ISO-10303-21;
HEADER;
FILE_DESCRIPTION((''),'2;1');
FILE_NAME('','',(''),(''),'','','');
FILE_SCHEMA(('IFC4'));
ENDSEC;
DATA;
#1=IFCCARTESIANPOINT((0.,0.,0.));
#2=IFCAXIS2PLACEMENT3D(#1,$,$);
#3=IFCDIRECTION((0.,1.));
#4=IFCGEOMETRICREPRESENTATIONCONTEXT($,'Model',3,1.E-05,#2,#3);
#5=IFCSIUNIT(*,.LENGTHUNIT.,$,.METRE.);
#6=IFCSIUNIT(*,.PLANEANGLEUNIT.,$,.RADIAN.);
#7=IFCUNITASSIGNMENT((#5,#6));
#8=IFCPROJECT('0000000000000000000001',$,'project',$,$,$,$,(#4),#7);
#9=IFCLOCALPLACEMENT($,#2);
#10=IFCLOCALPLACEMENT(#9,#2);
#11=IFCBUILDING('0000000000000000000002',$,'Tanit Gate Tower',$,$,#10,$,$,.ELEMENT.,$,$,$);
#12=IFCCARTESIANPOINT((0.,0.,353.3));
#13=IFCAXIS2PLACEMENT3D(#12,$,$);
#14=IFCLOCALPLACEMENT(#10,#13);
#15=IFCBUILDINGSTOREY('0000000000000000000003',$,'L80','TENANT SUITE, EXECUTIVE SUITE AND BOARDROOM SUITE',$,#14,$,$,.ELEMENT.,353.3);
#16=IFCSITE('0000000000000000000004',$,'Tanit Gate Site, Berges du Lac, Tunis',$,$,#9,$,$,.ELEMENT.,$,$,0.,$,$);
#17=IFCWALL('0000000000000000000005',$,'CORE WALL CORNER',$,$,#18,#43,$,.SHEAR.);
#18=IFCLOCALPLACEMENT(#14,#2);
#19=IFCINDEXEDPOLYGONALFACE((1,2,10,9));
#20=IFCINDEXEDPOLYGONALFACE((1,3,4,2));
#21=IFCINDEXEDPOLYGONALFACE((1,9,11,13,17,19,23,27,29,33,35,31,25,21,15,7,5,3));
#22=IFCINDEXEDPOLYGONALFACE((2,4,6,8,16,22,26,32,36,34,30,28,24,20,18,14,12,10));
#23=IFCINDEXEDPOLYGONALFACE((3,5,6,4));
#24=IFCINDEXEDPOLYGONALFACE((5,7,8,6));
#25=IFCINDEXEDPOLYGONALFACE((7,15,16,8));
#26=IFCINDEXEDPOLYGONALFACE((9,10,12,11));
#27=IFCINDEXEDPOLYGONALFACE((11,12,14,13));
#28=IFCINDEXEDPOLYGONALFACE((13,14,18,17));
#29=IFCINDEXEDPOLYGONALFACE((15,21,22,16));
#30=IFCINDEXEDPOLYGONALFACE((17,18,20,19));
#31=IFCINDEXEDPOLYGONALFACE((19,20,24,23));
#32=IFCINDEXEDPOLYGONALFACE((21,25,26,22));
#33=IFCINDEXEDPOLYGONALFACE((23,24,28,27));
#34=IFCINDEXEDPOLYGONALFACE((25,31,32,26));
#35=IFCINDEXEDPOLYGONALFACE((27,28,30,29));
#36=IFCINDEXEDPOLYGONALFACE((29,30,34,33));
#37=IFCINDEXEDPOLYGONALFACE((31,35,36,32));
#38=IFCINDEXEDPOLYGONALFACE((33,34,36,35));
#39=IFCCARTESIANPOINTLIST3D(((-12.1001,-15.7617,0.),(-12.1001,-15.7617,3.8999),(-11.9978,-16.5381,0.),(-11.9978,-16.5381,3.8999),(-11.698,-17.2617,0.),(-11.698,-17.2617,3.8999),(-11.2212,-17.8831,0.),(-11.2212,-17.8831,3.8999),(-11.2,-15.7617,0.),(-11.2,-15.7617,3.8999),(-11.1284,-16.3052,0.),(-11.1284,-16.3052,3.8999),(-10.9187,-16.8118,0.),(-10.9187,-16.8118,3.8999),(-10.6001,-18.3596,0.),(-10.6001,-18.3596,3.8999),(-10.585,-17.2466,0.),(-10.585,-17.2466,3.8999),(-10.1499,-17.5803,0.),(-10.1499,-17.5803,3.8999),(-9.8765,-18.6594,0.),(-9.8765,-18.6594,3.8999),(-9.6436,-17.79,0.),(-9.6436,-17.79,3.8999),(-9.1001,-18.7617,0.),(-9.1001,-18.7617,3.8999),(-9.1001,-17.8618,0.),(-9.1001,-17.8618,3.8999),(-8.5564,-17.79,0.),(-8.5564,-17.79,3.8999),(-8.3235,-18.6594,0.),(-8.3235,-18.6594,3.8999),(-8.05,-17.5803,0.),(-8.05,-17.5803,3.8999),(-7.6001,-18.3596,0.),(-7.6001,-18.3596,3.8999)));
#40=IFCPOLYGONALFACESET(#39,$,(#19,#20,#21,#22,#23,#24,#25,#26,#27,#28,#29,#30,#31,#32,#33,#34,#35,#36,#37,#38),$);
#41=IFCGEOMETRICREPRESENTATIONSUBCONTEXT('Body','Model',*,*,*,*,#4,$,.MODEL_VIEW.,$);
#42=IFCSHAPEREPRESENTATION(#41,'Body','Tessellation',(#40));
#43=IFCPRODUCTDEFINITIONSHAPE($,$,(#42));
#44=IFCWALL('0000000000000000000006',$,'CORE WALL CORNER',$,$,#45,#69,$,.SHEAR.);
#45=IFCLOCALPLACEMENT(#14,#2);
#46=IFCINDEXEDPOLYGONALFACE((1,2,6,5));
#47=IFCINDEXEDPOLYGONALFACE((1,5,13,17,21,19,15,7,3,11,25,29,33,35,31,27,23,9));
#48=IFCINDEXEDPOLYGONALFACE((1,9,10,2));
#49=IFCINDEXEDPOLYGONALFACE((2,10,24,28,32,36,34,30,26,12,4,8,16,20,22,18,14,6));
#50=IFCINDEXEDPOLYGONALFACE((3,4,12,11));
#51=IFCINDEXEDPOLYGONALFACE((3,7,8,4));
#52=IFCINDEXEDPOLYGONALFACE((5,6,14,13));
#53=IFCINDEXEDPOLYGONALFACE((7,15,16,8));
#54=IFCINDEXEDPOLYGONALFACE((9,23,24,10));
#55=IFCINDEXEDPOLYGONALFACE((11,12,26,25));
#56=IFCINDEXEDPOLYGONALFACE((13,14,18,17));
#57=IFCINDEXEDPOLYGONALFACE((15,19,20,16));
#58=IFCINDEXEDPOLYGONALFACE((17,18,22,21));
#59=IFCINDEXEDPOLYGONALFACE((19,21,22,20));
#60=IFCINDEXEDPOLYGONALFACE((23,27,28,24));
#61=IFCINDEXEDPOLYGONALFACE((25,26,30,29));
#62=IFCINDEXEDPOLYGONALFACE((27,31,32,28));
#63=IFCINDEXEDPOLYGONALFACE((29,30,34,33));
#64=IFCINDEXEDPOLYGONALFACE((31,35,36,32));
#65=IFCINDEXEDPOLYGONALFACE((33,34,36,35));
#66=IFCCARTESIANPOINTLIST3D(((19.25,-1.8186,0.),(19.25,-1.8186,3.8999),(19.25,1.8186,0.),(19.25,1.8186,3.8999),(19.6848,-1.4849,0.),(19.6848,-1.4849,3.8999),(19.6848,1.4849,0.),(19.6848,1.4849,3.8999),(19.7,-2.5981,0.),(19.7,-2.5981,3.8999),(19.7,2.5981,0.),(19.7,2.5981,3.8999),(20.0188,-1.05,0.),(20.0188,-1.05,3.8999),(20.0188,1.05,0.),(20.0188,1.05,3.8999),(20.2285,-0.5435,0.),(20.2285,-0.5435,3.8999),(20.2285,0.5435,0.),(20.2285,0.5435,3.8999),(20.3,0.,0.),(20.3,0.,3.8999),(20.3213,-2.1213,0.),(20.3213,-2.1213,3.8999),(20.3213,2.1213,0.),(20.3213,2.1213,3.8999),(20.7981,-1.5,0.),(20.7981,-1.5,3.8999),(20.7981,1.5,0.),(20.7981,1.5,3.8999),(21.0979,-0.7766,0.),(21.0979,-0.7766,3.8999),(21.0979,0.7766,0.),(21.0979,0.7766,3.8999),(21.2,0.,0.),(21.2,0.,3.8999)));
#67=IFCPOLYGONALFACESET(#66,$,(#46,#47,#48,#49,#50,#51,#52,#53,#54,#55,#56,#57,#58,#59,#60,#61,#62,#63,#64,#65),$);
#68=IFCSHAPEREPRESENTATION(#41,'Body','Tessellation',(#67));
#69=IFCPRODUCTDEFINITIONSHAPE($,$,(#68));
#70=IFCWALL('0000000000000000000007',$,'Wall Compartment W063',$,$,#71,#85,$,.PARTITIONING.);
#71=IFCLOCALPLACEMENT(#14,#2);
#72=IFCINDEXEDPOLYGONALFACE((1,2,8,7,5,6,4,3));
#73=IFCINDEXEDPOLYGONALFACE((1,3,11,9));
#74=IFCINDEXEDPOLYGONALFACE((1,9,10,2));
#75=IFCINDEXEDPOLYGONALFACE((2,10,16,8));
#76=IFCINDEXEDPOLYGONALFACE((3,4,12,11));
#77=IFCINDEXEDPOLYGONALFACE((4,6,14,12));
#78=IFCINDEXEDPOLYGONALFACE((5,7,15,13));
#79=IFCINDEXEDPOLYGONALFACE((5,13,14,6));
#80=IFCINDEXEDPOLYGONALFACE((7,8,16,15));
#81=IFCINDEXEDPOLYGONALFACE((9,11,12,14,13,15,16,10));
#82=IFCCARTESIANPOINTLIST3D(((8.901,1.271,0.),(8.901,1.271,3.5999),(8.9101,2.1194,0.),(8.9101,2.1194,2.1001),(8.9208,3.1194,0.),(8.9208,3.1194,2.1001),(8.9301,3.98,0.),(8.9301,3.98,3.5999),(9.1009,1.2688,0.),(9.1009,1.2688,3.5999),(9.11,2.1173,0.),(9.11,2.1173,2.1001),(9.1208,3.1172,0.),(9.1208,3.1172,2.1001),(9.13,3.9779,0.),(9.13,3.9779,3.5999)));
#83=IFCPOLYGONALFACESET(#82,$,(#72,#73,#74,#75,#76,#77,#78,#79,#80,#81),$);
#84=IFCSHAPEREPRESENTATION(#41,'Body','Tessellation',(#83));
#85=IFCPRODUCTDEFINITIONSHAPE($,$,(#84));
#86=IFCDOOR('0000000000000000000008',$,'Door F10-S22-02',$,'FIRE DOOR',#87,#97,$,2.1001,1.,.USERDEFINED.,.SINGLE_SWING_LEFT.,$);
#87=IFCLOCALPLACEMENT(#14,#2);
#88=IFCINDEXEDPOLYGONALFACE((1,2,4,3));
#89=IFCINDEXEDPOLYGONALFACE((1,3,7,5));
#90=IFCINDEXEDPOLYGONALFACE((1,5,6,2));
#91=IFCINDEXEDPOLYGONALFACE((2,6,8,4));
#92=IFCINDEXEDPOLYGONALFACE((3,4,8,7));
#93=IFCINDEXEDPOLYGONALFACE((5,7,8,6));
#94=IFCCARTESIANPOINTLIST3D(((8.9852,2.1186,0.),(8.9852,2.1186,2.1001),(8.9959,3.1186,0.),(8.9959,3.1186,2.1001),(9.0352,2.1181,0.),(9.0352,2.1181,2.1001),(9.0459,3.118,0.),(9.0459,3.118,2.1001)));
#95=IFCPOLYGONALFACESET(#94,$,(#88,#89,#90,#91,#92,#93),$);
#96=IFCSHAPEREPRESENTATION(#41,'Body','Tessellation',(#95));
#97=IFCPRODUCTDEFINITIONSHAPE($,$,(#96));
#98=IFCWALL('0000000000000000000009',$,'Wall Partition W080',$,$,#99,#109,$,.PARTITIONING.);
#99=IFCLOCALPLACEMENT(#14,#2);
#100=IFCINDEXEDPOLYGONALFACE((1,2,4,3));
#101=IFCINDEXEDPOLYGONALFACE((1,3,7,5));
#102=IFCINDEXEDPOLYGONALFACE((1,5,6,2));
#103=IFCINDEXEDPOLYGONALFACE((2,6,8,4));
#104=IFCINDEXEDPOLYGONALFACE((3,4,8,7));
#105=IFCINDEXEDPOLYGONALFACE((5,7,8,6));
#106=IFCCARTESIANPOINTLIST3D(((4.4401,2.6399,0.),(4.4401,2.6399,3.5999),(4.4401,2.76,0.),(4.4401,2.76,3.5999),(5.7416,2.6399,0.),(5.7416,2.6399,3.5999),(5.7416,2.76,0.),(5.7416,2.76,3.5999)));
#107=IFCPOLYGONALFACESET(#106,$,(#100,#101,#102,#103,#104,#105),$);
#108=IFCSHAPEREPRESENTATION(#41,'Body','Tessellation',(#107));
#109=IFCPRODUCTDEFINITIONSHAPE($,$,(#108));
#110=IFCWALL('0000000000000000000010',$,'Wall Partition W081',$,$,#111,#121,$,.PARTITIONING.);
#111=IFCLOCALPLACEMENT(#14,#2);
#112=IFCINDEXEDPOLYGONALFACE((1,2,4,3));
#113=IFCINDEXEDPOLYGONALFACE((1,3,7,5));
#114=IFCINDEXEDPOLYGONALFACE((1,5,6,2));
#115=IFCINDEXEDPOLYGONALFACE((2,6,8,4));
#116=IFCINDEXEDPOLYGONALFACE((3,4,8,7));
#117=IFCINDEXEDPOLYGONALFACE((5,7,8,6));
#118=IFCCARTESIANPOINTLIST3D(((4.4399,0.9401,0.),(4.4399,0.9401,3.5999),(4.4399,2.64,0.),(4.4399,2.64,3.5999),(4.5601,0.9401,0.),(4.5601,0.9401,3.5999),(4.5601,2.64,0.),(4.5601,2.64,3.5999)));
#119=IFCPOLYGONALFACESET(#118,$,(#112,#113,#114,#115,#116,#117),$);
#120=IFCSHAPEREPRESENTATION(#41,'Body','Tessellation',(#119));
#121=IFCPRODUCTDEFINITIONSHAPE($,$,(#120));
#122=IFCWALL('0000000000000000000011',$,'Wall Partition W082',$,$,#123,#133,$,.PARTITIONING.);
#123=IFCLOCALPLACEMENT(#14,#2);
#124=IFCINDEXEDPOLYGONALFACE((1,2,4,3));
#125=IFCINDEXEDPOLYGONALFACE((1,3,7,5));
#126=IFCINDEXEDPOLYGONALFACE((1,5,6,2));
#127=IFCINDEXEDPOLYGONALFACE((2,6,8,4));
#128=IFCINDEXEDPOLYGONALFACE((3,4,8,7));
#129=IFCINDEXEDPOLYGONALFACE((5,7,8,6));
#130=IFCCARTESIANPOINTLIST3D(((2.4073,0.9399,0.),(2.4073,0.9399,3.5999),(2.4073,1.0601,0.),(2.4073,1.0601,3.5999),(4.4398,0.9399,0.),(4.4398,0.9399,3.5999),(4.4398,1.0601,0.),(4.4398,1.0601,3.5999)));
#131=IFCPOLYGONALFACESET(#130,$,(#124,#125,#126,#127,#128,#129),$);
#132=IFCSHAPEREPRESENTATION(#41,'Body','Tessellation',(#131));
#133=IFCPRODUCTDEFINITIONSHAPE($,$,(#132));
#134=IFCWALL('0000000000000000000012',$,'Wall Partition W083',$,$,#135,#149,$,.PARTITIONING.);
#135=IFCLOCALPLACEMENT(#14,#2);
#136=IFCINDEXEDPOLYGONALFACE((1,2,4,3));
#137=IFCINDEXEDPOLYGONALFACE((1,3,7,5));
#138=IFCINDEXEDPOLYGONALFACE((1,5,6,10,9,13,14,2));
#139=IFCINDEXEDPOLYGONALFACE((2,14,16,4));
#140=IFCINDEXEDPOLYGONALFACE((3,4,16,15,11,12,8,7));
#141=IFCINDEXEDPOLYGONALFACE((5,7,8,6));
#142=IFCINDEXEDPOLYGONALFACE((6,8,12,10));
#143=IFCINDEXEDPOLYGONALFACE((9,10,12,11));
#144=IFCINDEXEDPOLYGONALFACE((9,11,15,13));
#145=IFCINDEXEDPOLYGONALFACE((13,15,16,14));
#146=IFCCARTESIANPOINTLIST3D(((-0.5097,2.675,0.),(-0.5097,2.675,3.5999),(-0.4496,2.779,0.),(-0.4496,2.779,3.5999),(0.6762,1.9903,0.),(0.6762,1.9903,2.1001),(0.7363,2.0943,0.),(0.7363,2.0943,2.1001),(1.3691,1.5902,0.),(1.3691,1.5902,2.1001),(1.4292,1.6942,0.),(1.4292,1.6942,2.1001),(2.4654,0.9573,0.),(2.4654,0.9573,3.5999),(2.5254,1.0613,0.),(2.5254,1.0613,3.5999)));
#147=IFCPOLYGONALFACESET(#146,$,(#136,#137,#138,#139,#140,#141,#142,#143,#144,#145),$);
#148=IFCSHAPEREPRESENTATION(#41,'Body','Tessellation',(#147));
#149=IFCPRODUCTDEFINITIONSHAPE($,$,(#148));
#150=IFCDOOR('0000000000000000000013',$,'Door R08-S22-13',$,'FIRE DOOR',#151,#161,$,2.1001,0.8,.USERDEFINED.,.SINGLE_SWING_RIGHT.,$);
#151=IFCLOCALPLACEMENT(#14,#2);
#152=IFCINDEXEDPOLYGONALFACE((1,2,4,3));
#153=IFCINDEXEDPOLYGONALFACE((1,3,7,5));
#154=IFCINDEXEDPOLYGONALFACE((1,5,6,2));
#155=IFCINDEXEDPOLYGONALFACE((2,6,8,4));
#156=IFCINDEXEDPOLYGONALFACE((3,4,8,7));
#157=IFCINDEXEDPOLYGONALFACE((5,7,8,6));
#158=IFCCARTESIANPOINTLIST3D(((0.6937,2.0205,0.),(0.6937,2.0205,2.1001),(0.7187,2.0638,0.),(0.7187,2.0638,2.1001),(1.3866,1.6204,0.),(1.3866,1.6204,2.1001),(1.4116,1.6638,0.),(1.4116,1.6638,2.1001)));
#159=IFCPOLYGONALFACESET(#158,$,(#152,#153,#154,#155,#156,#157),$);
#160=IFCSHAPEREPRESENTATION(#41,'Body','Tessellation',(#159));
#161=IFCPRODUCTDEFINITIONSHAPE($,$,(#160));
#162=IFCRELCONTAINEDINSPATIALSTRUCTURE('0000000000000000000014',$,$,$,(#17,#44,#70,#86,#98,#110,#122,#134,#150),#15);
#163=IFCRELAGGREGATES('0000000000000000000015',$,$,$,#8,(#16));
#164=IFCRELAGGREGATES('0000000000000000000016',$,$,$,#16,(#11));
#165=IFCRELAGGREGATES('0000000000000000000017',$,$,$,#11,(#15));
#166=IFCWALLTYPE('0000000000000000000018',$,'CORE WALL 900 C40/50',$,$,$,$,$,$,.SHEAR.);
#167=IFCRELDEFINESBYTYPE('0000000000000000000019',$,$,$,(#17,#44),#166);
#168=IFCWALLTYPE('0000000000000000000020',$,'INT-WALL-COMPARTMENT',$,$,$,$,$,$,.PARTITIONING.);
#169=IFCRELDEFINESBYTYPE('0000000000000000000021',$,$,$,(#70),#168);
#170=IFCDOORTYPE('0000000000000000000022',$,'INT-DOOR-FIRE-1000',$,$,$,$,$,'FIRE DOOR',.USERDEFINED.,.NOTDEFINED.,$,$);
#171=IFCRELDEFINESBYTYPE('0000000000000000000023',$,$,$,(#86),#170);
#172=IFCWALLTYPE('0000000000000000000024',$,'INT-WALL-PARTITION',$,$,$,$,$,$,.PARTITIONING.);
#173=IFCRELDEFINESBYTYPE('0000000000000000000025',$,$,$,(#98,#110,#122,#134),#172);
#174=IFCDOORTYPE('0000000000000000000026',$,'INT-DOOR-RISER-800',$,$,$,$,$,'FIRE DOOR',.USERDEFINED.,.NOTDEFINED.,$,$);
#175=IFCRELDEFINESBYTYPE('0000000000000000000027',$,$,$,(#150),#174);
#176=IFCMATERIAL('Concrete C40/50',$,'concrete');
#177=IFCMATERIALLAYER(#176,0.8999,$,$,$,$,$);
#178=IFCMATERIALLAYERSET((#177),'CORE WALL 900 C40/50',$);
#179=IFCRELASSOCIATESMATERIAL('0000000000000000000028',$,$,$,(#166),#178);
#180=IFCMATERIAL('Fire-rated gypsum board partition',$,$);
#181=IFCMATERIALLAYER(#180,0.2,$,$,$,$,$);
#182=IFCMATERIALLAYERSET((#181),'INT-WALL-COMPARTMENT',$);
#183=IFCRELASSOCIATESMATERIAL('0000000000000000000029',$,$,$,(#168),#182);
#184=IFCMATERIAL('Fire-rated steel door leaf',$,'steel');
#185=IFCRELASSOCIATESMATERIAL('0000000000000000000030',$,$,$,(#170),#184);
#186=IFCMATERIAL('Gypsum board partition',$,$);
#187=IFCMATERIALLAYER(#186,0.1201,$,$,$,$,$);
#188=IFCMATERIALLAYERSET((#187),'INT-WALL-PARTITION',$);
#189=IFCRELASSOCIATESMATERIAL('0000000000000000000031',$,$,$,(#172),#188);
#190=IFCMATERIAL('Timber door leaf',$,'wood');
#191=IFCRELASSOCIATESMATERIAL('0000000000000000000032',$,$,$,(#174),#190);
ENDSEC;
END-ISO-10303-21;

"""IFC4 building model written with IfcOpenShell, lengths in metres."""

from ifc_helpers import new_model, si_unit, direction, frame, frame_2d, origin, place, context, subcontext, project, spatial, polyline, rectangle, outline, extrude, material, layer, layer_set, type_object, element, fill, save


model = new_model("IFC4")

# Units and contexts
model_context = context("Model", 3, precision=1e-05, world=origin(), true_north=direction((0.0, 1.0)))
body_context = subcontext(model_context, "Body", "Model", "MODEL_VIEW")
ifc_project = project(units=[si_unit("LENGTHUNIT", "METRE"), si_unit("PLANEANGLEUNIT", "RADIAN")], contexts=[model_context])

# Site, building, storey
site_placement = place(None, origin())
site = spatial("IfcSite", under=ifc_project, at=site_placement, Name="Tanit Gate Site, Berges du Lac, Tunis", CompositionType="ELEMENT", RefElevation=0.0)
building_placement = place(site_placement, origin())
building = spatial("IfcBuilding", under=site, at=building_placement, Name="Tanit Gate Tower", CompositionType="ELEMENT")
storey_placement = place(building_placement, frame((0.0, 0.0, 353.3)))
storey = spatial("IfcBuildingStorey", under=building, at=storey_placement, Name="L80", Description="TENANT SUITE, EXECUTIVE SUITE AND BOARDROOM SUITE", CompositionType="ELEMENT", Elevation=353.3)

# Walls
ifc_material_1 = material(Name="Concrete C40/50", Category="concrete")
ifc_layer_1 = layer(ifc_material_1, 0.8999)
ifc_layer_set_1 = layer_set([ifc_layer_1], Name="CORE WALL 900 C40/50")
wall_type_1 = type_object("IfcWallType", Name="CORE WALL 900 C40/50", PredefinedType="SHEAR", material=ifc_layer_set_1)
wall_1_placement = place(storey_placement, origin())
element("IfcWall", 1, at=wall_1_placement, inside=storey, type_object=wall_type_1, Name="CORE WALL CORNER", PredefinedType="SHEAR", context=body_context, shape_type="SweptSolid", body=[
    extrude(outline(polyline([(-12.1001, -15.7617), (-11.9978, -16.5381), (-11.698, -17.2617), (-11.2212, -17.8831), (-10.6001, -18.3596), (-9.8765, -18.6594), (-9.1001, -18.7617), (-8.3235, -18.6594), (-7.6001, -18.3596), (-8.05, -17.5803), (-8.5564, -17.79), (-9.1001, -17.8618), (-9.6436, -17.79), (-10.1499, -17.5803), (-10.585, -17.2466), (-10.9187, -16.8118), (-11.1284, -16.3052), (-11.2, -15.7617), (-12.1001, -15.7617)])), origin(), (0.0, 0.0, 1.0), 3.8999),
])
wall_2_placement = place(storey_placement, origin())
element("IfcWall", 2, at=wall_2_placement, inside=storey, type_object=wall_type_1, Name="CORE WALL CORNER", PredefinedType="SHEAR", context=body_context, shape_type="SweptSolid", body=[
    extrude(outline(polyline([(19.7, -2.5981), (20.3213, -2.1213), (20.7981, -1.5), (21.0979, -0.7766), (21.2, 0.0), (21.0979, 0.7766), (20.7981, 1.5), (20.3213, 2.1213), (19.7, 2.5981), (19.25, 1.8186), (19.6848, 1.4849), (20.0188, 1.05), (20.2285, 0.5435), (20.3, 0.0), (20.2285, -0.5435), (20.0188, -1.05), (19.6848, -1.4849), (19.25, -1.8186), (19.7, -2.5981)])), origin(), (0.0, 0.0, 1.0), 3.8999),
])

# Wall, opening, door
ifc_material_2 = material(Name="Fire-rated gypsum board partition")
ifc_layer_2 = layer(ifc_material_2, 0.2)
ifc_layer_set_2 = layer_set([ifc_layer_2], Name="INT-WALL-COMPARTMENT")
wall_type_2 = type_object("IfcWallType", Name="INT-WALL-COMPARTMENT", PredefinedType="PARTITIONING", material=ifc_layer_set_2)
wall_3_placement = place(storey_placement, frame((9.001, 1.27, 0.0), z_axis=(0.0, 0.0, 1.0), x_axis=(0.010724, 0.999942, 0.0)))
wall_3 = element("IfcWall", 3, at=wall_3_placement, inside=storey, type_object=wall_type_2, Name="Wall Compartment W063", PredefinedType="PARTITIONING", context=body_context, shape_type="SweptSolid", body=[
    extrude(rectangle(XDim=2.7092, YDim=0.2, at=frame_2d((1.3545, 0.0))), origin(), (0.0, 0.0, 1.0), 3.5999),
])
opening_1_placement = place(wall_3_placement, frame((0.8484, 0.0, 0.0)))
opening_1 = element("IfcOpeningElement", 4, at=opening_1_placement, cuts=wall_3, PredefinedType="OPENING", context=body_context, shape_type="SweptSolid", body=[
    extrude(rectangle(XDim=1.0, YDim=2.1001, at=frame_2d((0.5, 1.05))), frame((0.0, 0.1099, 0.0), z_axis=(0.0, -1.0, 0.0), x_axis=(1.0, 0.0, 0.0)), (0.0, 0.0, 1.0), 0.22),
])
ifc_material_3 = material(Name="Fire-rated steel door leaf", Category="steel")
door_type_1 = type_object("IfcDoorType", Name="INT-DOOR-FIRE-1000", ElementType="FIRE DOOR", OperationType="NOTDEFINED", PredefinedType="USERDEFINED", material=ifc_material_3)
door_1_placement = place(opening_1_placement, origin())
door_1 = element("IfcDoor", 5, at=door_1_placement, inside=storey, type_object=door_type_1, Name="Door F10-S22-02", ObjectType="FIRE DOOR", OperationType="SINGLE_SWING_LEFT", OverallHeight=2.1001, OverallWidth=1.0, PredefinedType="USERDEFINED", context=body_context, shape_type="SweptSolid", body=[
    extrude(rectangle(XDim=1.0, YDim=2.1001, at=frame_2d((0.5, 1.05))), frame((0.0, 0.0249, 0.0), z_axis=(0.0, -1.0, 0.0), x_axis=(1.0, 0.0, 0.0)), (0.0, 0.0, 1.0), 0.05),
])
fill(opening_1, door_1)

# Walls
ifc_material_4 = material(Name="Gypsum board partition")
ifc_layer_3 = layer(ifc_material_4, 0.1201)
ifc_layer_set_3 = layer_set([ifc_layer_3], Name="INT-WALL-PARTITION")
wall_type_3 = type_object("IfcWallType", Name="INT-WALL-PARTITION", PredefinedType="PARTITIONING", material=ifc_layer_set_3)
wall_4_placement = place(storey_placement, frame((4.4399, 2.7, 0.0), z_axis=(0.0, 0.0, 1.0), x_axis=(1.0, 0.0, 0.0)))
element("IfcWall", 6, at=wall_4_placement, inside=storey, type_object=wall_type_3, Name="Wall Partition W080", PredefinedType="PARTITIONING", context=body_context, shape_type="SweptSolid", body=[
    extrude(rectangle(XDim=1.3015, YDim=0.1201, at=frame_2d((0.6509, 0.0))), origin(), (0.0, 0.0, 1.0), 3.5999),
])
wall_5_placement = place(storey_placement, frame((4.5, 0.9399, 0.0), z_axis=(0.0, 0.0, 1.0), x_axis=(0.0, 1.0, 0.0)))
element("IfcWall", 7, at=wall_5_placement, inside=storey, type_object=wall_type_3, Name="Wall Partition W081", PredefinedType="PARTITIONING", context=body_context, shape_type="SweptSolid", body=[
    extrude(rectangle(XDim=1.7, YDim=0.1201, at=frame_2d((0.8501, 0.0))), origin(), (0.0, 0.0, 1.0), 3.5999),
])
wall_6_placement = place(storey_placement, frame((2.4075, 1.0, 0.0), z_axis=(0.0, 0.0, 1.0), x_axis=(1.0, 0.0, 0.0)))
element("IfcWall", 8, at=wall_6_placement, inside=storey, type_object=wall_type_3, Name="Wall Partition W082", PredefinedType="PARTITIONING", context=body_context, shape_type="SweptSolid", body=[
    extrude(rectangle(XDim=2.0325, YDim=0.1201, at=frame_2d((1.0161, 0.0))), origin(), (0.0, 0.0, 1.0), 3.5999),
])

# Wall, opening, door
wall_7_placement = place(storey_placement, frame((-0.4797, 2.7271, 0.0), z_axis=(0.0, 0.0, 1.0), x_axis=(0.866013, -0.500022, 0.0)))
wall_7 = element("IfcWall", 9, at=wall_7_placement, inside=storey, type_object=wall_type_3, Name="Wall Partition W083", PredefinedType="PARTITIONING", context=body_context, shape_type="SweptSolid", body=[
    extrude(rectangle(XDim=3.4353, YDim=0.1201, at=frame_2d((1.7178, 0.0))), origin(), (0.0, 0.0, 1.0), 3.5999),
])
opening_2_placement = place(wall_7_placement, frame((1.3696, 0.0, 0.0)))
opening_2 = element("IfcOpeningElement", 10, at=opening_2_placement, cuts=wall_7, PredefinedType="OPENING", context=body_context, shape_type="SweptSolid", body=[
    extrude(rectangle(XDim=0.8, YDim=2.1001, at=frame_2d((0.3999, 1.05))), frame((0.0, 0.0701, 0.0), z_axis=(0.0, -1.0, 0.0), x_axis=(1.0, 0.0, 0.0)), (0.0, 0.0, 1.0), 0.1401),
])
ifc_material_5 = material(Name="Timber door leaf", Category="wood")
door_type_2 = type_object("IfcDoorType", Name="INT-DOOR-RISER-800", ElementType="FIRE DOOR", OperationType="NOTDEFINED", PredefinedType="USERDEFINED", material=ifc_material_5)
door_2_placement = place(opening_2_placement, origin())
door_2 = element("IfcDoor", 11, at=door_2_placement, inside=storey, type_object=door_type_2, Name="Door R08-S22-13", ObjectType="FIRE DOOR", OperationType="SINGLE_SWING_RIGHT", OverallHeight=2.1001, OverallWidth=0.8, PredefinedType="USERDEFINED", context=body_context, shape_type="SweptSolid", body=[
    extrude(rectangle(XDim=0.8, YDim=2.1001, at=frame_2d((0.3999, 1.05))), frame((0.0, 0.0249, 0.0), z_axis=(0.0, -1.0, 0.0), x_axis=(1.0, 0.0, 0.0)), (0.0, 0.0, 1.0), 0.05),
])
fill(opening_2, door_2)

save(model, "model.ifc")
